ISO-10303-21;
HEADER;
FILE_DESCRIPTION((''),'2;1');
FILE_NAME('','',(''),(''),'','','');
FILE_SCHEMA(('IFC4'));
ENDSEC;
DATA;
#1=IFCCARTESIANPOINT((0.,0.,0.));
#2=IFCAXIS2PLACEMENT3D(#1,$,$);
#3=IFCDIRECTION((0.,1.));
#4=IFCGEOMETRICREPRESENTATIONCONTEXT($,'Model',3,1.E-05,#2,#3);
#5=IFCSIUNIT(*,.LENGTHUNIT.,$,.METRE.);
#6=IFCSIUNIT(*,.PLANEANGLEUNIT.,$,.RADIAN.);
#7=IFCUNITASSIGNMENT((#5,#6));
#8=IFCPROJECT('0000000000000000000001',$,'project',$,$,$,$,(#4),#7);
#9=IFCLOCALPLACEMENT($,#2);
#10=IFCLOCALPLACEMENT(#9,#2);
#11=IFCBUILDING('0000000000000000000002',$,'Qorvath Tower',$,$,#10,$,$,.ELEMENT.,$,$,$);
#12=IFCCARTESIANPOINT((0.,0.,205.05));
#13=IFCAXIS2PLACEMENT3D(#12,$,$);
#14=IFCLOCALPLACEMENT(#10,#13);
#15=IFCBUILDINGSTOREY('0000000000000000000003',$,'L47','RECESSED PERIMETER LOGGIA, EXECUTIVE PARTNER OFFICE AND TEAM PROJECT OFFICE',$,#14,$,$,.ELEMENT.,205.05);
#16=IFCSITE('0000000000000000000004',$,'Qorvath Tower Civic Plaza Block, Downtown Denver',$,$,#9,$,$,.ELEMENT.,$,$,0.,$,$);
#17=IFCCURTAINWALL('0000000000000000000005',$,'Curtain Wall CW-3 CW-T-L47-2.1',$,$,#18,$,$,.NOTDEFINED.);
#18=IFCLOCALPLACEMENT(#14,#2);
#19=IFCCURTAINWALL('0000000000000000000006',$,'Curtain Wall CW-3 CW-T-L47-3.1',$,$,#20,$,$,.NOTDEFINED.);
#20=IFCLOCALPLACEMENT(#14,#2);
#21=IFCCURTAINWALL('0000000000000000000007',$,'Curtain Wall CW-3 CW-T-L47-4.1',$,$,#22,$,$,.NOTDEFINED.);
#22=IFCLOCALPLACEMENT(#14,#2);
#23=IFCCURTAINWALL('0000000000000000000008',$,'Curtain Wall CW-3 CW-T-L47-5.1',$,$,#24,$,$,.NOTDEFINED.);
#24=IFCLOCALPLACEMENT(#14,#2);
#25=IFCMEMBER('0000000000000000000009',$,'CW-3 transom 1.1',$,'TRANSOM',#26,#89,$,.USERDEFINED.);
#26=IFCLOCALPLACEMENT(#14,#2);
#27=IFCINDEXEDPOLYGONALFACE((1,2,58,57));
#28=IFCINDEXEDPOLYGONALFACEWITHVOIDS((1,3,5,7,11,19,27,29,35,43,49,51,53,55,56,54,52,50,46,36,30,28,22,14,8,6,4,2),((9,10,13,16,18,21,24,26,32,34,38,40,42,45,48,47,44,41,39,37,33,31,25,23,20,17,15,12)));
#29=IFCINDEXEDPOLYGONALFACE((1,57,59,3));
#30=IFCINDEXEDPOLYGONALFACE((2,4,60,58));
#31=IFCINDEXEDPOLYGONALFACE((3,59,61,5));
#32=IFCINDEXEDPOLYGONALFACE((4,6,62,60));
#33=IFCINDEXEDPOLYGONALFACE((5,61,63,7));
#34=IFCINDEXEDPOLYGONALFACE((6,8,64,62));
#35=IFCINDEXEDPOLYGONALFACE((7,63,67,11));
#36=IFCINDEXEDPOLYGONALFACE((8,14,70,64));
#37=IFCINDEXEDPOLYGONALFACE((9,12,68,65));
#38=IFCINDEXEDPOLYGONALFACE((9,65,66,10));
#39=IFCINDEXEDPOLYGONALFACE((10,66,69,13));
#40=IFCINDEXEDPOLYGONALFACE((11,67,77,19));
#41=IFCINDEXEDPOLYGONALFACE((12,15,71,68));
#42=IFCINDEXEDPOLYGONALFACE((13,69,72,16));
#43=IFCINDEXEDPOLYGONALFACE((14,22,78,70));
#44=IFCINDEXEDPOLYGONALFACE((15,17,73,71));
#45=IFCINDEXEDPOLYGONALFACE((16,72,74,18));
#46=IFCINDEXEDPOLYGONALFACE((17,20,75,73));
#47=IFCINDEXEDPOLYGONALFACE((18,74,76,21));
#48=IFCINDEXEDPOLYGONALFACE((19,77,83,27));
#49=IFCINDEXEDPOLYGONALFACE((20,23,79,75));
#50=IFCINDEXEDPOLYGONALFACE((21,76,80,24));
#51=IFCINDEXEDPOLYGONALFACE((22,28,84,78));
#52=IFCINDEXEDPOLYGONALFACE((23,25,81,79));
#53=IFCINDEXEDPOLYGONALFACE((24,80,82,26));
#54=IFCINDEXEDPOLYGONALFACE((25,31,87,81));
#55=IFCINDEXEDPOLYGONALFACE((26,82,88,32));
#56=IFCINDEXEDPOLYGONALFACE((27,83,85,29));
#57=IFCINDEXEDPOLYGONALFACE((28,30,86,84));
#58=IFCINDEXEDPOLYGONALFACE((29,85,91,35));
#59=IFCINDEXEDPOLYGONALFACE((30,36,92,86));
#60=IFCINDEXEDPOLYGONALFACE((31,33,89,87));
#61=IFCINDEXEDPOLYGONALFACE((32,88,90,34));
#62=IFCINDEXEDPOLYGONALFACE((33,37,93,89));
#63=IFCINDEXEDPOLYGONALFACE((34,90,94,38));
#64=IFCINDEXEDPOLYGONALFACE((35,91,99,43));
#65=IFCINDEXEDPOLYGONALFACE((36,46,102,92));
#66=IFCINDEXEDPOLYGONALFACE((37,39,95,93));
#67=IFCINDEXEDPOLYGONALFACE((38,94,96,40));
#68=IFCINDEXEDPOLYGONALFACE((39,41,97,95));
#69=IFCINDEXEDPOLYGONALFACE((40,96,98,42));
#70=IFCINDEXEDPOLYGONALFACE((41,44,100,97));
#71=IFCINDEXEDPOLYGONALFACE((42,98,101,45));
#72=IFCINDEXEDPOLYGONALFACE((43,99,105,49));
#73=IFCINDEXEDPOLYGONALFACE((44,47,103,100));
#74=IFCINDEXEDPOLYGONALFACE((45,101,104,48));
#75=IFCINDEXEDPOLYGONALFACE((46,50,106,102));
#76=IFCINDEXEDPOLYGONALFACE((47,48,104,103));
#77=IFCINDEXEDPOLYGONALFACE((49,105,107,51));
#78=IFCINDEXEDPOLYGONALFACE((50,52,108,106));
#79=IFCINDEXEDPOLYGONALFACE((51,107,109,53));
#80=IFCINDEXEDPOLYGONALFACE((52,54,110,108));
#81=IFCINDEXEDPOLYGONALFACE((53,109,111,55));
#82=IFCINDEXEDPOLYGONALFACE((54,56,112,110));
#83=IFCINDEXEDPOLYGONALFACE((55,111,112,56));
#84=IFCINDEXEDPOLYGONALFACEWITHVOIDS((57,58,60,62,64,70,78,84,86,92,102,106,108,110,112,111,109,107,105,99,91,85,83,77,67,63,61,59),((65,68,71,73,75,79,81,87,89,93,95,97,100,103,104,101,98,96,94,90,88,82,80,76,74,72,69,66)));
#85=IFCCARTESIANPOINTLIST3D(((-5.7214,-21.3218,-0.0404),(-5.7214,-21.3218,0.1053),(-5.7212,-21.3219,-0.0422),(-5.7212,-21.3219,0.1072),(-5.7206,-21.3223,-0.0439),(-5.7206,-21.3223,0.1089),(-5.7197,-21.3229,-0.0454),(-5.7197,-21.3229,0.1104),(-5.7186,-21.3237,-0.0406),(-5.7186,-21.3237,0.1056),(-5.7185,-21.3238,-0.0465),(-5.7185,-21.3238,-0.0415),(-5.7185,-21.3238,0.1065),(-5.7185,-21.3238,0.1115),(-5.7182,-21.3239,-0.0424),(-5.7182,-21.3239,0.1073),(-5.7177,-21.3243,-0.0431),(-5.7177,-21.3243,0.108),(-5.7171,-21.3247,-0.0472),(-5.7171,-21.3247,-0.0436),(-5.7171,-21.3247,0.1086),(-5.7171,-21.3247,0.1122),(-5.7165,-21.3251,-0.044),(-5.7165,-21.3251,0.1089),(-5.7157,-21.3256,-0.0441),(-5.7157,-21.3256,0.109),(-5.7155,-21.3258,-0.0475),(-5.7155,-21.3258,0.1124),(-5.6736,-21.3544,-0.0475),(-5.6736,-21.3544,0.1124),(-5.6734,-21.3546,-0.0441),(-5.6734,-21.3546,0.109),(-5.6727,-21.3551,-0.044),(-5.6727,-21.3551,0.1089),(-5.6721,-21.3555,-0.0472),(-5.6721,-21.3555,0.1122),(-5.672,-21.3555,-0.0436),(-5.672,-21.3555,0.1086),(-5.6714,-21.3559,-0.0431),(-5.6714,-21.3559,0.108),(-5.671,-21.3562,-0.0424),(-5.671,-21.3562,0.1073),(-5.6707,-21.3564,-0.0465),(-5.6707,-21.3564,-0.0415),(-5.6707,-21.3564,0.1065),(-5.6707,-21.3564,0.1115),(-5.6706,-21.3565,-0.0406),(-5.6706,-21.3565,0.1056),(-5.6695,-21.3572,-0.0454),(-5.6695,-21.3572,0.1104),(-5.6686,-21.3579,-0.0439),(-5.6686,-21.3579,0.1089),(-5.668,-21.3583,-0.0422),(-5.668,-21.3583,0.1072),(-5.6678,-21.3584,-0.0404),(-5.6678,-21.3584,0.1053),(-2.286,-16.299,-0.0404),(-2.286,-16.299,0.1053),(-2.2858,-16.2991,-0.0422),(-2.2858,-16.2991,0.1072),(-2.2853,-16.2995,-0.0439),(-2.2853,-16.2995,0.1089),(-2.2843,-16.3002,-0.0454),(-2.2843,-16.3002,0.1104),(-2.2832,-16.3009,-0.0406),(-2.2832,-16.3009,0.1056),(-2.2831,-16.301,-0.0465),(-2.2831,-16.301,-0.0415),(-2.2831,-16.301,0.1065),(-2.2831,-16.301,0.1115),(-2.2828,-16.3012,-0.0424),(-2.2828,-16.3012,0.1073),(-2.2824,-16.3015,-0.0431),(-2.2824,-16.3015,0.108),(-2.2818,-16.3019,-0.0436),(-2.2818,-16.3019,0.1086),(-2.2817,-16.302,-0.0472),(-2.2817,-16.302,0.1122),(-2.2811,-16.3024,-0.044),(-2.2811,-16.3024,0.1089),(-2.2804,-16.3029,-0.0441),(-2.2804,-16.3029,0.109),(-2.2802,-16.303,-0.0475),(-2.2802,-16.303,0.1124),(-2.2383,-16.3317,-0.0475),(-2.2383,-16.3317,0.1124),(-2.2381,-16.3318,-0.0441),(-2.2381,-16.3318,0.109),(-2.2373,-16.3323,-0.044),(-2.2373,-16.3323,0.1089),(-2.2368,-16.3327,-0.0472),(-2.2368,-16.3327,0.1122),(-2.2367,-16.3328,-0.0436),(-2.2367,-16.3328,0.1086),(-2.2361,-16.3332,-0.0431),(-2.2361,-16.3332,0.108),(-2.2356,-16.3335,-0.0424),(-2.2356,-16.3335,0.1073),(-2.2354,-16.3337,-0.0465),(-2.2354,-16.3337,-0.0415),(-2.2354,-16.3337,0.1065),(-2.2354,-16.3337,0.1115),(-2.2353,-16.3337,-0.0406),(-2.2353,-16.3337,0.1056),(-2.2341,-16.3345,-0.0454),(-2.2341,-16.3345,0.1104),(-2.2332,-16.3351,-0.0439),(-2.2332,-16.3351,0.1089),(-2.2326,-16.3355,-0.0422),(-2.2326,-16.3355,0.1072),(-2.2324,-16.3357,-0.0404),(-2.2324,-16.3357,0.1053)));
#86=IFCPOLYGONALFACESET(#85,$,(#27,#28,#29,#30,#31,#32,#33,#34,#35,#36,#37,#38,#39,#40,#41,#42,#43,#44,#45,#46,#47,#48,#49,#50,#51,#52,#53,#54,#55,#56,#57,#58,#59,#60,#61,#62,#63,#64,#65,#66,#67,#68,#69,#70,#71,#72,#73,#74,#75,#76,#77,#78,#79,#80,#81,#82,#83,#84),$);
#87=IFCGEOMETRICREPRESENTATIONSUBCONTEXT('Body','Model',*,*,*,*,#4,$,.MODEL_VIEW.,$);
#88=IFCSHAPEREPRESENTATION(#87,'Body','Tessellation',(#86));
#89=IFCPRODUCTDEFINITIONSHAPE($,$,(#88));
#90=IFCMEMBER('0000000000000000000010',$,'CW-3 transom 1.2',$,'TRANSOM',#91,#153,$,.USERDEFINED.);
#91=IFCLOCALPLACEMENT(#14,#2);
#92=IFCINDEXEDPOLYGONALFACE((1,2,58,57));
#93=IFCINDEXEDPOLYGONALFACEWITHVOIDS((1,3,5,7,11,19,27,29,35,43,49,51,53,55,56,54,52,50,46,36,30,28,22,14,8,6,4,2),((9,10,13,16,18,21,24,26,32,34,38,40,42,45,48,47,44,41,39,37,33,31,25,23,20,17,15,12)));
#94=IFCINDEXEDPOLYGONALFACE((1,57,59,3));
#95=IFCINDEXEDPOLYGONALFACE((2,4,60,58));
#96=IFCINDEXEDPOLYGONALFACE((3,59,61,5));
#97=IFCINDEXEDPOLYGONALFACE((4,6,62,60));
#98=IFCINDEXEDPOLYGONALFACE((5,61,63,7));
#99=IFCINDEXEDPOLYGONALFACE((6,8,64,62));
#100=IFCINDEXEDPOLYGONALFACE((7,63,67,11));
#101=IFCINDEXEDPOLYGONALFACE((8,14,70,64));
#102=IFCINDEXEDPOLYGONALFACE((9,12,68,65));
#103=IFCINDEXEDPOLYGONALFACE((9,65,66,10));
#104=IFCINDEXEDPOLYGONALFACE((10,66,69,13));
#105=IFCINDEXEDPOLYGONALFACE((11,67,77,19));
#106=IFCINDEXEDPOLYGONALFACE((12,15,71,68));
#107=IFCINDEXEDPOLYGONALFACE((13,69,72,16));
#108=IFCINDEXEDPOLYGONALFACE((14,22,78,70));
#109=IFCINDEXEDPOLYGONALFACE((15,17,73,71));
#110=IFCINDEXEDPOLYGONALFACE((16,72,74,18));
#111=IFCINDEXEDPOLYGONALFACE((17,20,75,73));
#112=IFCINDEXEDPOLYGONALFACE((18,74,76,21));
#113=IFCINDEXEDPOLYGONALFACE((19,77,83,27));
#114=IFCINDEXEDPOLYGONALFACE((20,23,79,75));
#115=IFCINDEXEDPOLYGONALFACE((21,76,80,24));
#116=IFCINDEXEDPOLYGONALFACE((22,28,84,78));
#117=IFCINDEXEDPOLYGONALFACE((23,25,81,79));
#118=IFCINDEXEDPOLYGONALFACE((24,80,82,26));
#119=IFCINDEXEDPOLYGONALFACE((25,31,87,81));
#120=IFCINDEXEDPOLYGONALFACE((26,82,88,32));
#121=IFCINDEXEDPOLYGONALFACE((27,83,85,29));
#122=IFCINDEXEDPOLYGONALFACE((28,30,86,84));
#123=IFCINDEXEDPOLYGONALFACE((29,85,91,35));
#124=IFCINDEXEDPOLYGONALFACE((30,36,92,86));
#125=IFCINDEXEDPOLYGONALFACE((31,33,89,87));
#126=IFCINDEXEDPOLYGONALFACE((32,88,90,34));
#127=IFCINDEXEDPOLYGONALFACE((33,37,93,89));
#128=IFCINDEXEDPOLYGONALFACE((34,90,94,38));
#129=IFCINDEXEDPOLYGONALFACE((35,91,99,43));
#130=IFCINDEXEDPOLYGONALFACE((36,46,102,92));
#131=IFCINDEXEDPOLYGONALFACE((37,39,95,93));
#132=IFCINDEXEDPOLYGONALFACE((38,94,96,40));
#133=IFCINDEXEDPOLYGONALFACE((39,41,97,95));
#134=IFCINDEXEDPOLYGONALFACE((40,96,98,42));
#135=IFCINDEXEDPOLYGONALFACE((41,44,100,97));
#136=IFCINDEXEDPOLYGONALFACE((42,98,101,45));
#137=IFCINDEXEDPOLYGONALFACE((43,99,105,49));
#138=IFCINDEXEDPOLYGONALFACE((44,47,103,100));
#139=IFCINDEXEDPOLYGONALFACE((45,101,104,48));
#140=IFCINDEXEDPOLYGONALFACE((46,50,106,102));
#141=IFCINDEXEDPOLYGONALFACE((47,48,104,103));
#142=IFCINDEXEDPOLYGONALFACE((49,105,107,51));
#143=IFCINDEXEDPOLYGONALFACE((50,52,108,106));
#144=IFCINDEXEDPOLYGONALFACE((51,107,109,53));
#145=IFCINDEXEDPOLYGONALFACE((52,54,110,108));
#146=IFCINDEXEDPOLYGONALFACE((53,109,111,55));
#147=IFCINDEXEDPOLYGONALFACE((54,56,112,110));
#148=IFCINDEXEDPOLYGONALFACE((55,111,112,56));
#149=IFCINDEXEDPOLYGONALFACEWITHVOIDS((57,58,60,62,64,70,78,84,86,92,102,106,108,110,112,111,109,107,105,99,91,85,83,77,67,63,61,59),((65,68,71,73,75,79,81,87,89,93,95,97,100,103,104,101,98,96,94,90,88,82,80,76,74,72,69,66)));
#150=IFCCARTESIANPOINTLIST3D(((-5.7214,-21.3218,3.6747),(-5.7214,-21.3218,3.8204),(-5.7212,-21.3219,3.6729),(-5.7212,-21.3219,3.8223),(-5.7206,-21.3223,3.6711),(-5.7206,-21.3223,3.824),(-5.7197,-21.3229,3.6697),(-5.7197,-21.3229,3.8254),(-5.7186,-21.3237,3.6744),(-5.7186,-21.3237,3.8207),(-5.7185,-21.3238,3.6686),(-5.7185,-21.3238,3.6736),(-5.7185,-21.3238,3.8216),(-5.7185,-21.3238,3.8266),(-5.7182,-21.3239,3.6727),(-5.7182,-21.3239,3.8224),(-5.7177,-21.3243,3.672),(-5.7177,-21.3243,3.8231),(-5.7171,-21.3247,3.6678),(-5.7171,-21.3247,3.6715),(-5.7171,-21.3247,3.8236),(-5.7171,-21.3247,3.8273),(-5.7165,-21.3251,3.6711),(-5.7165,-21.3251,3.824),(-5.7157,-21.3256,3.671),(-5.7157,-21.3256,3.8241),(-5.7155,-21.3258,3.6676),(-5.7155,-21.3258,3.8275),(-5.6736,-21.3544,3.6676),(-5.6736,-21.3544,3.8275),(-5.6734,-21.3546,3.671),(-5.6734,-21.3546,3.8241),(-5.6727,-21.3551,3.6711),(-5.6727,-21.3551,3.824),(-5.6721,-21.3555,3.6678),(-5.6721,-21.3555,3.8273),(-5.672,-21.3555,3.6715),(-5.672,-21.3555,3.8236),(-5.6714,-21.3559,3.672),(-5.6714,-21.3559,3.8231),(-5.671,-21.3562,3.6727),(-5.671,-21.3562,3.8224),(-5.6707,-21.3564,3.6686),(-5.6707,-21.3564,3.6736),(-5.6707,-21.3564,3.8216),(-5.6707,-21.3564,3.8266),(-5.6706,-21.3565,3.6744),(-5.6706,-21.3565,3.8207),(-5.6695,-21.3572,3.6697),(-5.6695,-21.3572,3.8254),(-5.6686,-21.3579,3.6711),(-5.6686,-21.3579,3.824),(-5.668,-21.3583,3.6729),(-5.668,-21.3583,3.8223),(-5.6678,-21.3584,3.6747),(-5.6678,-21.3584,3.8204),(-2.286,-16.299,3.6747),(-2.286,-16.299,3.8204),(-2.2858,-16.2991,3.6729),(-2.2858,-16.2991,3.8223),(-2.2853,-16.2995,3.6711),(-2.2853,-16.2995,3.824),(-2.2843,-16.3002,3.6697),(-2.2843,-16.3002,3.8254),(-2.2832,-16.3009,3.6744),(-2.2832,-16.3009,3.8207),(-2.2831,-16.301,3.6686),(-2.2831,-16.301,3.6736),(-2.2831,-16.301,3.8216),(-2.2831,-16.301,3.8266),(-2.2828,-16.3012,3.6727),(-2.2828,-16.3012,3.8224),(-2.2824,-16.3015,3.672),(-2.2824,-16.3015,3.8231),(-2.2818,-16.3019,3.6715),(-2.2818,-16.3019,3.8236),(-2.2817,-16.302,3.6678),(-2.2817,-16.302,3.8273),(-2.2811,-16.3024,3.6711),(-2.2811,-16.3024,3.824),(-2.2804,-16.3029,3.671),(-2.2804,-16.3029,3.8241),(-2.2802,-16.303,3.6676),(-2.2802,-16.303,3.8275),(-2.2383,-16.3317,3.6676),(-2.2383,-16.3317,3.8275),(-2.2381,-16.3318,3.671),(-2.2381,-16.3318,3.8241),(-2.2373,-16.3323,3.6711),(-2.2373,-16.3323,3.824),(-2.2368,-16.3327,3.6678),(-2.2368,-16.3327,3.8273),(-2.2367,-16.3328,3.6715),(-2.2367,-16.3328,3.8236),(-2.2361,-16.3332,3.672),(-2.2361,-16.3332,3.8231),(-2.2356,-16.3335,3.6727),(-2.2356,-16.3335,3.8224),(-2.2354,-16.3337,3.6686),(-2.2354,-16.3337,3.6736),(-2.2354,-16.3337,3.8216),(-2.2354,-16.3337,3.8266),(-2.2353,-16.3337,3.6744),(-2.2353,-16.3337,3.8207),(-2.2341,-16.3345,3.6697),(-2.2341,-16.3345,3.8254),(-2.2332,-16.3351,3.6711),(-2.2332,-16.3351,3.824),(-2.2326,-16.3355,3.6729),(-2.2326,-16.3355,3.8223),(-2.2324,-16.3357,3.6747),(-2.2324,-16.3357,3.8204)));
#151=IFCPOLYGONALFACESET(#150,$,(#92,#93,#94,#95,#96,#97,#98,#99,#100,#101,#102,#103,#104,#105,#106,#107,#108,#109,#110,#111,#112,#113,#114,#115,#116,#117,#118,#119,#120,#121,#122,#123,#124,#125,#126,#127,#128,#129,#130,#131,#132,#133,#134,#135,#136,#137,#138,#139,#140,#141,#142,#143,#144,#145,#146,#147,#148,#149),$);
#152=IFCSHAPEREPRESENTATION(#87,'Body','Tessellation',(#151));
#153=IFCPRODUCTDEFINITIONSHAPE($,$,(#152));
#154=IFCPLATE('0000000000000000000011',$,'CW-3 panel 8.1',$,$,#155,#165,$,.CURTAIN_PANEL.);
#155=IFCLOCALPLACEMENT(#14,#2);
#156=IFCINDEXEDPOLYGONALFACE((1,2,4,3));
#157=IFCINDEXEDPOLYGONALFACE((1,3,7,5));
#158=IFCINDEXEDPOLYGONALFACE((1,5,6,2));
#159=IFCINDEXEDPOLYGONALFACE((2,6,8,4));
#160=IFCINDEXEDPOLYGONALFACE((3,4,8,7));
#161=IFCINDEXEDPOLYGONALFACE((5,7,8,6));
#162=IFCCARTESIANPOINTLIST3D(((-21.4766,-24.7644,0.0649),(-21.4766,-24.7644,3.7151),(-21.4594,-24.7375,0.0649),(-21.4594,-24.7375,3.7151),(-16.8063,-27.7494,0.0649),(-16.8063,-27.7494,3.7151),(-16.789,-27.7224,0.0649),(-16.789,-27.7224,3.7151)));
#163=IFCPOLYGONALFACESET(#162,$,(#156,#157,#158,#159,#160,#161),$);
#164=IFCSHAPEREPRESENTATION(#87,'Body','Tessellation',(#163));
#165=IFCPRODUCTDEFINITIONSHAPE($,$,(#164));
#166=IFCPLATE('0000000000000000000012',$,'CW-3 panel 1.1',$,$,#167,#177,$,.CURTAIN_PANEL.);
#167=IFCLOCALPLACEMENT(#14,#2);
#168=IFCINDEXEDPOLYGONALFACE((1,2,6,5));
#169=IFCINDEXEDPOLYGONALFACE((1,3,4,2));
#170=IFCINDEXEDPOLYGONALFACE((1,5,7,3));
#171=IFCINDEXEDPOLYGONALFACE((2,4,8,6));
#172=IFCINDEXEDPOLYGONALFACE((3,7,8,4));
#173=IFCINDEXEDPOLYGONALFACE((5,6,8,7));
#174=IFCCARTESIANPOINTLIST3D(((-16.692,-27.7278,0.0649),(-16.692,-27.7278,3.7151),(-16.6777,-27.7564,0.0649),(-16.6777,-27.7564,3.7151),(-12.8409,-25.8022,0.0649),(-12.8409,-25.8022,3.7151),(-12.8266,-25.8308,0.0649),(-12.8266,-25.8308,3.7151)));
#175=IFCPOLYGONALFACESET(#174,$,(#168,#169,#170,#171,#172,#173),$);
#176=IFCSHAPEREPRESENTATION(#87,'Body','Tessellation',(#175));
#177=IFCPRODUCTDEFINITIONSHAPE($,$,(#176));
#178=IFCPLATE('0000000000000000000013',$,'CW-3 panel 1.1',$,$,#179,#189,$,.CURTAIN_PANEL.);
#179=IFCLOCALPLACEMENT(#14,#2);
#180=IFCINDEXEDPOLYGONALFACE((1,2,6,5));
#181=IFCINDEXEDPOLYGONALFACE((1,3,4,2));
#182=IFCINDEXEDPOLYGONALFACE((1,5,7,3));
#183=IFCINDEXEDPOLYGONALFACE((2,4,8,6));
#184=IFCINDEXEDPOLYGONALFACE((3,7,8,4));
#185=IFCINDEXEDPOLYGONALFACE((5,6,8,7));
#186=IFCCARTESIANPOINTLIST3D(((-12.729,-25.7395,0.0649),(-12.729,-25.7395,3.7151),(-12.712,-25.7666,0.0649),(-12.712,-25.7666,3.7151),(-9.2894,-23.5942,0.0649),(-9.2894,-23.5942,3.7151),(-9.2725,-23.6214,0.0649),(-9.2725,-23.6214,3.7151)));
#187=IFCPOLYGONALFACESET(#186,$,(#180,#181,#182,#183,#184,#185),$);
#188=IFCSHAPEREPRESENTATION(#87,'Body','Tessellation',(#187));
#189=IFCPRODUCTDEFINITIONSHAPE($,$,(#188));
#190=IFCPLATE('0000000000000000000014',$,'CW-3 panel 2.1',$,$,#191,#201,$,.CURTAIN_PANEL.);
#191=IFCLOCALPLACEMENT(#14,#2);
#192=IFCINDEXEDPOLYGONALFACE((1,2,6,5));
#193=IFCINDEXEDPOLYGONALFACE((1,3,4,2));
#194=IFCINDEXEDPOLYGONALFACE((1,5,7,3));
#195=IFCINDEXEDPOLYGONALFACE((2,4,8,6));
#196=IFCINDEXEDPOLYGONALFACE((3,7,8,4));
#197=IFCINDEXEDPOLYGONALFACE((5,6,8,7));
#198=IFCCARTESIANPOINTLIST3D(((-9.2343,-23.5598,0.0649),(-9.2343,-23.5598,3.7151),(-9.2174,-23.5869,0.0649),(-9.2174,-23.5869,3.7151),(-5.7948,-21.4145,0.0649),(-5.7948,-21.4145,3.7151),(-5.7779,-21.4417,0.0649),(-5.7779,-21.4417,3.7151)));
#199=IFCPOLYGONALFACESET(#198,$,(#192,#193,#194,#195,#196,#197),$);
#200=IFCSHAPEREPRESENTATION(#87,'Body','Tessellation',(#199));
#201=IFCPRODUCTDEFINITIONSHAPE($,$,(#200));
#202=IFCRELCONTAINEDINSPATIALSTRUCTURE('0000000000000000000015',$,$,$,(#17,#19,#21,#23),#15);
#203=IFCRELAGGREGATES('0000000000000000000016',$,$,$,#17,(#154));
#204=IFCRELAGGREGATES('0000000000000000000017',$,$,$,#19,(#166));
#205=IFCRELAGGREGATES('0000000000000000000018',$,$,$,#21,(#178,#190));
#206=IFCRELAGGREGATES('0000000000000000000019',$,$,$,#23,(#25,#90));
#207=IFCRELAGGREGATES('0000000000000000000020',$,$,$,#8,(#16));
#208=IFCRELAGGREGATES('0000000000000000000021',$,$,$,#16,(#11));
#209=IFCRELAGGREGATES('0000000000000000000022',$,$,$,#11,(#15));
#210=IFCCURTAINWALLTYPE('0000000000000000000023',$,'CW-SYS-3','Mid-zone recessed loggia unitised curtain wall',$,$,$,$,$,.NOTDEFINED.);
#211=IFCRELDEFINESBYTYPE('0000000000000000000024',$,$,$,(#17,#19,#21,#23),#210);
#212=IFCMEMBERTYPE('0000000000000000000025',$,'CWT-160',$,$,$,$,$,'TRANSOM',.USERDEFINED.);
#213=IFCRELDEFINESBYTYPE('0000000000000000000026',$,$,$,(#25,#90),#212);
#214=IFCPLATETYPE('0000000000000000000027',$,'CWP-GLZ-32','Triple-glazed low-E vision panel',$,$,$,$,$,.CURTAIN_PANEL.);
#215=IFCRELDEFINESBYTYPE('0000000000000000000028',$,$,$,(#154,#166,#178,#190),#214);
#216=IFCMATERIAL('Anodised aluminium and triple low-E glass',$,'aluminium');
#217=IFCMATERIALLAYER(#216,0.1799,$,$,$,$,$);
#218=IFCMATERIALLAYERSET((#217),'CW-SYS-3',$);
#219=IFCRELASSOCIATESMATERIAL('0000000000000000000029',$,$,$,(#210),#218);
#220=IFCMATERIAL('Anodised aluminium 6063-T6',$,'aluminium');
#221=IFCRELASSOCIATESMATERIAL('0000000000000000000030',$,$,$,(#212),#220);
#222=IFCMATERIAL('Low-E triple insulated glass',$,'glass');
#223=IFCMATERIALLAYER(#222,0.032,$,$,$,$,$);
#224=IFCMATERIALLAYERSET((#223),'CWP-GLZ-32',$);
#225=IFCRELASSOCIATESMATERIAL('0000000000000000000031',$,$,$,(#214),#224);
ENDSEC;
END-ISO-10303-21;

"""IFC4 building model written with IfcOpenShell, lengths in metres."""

from ifc_helpers import new_model, si_unit, direction, frame, origin, origin_2d, place, context, subcontext, project, spatial, rectangle, hollow_rectangle, extrude, material, layer, layer_set, material_profile, profile_set, type_object, element, aggregate, save


model = new_model("IFC4")

# Units and contexts
model_context = context("Model", 3, precision=1e-05, world=origin(), true_north=direction((0.0, 1.0)))
body_context = subcontext(model_context, "Body", "Model", "MODEL_VIEW")
ifc_project = project(units=[si_unit("LENGTHUNIT", "METRE"), si_unit("PLANEANGLEUNIT", "RADIAN")], contexts=[model_context])

# Site, building, storey
site_placement = place(None, origin())
site = spatial("IfcSite", under=ifc_project, at=site_placement, Name="Qorvath Tower Civic Plaza Block, Downtown Denver", CompositionType="ELEMENT", RefElevation=0.0)
building_placement = place(site_placement, origin())
building = spatial("IfcBuilding", under=site, at=building_placement, Name="Qorvath Tower", CompositionType="ELEMENT")
storey_placement = place(building_placement, frame((0.0, 0.0, 205.05)))
storey = spatial("IfcBuildingStorey", under=building, at=storey_placement, Name="L47", Description="RECESSED PERIMETER LOGGIA, EXECUTIVE PARTNER OFFICE AND TEAM PROJECT OFFICE", CompositionType="ELEMENT", Elevation=205.05)

# Curtain wall
ifc_material_1 = material(Name="Anodised aluminium and triple low-E glass", Category="aluminium")
ifc_layer_1 = layer(ifc_material_1, 0.1799)
ifc_layer_set_1 = layer_set([ifc_layer_1], Name="CW-SYS-3")
curtain_wall_type = type_object("IfcCurtainWallType", Name="CW-SYS-3", Description="Mid-zone recessed loggia unitised curtain wall", PredefinedType="NOTDEFINED", material=ifc_layer_set_1)
curtain_wall_1_placement = place(storey_placement, origin())
curtain_wall_1 = element("IfcCurtainWall", 1, at=curtain_wall_1_placement, inside=storey, type_object=curtain_wall_type, Name="Curtain Wall CW-3 CW-T-L47-2.1", PredefinedType="NOTDEFINED")

# Curtain walls
curtain_wall_2_placement = place(storey_placement, origin())
curtain_wall_2 = element("IfcCurtainWall", 2, at=curtain_wall_2_placement, inside=storey, type_object=curtain_wall_type, Name="Curtain Wall CW-3 CW-T-L47-3.1", PredefinedType="NOTDEFINED")
curtain_wall_3_placement = place(storey_placement, origin())
curtain_wall_3 = element("IfcCurtainWall", 3, at=curtain_wall_3_placement, inside=storey, type_object=curtain_wall_type, Name="Curtain Wall CW-3 CW-T-L47-4.1", PredefinedType="NOTDEFINED")
curtain_wall_4_placement = place(storey_placement, origin())
curtain_wall_4 = element("IfcCurtainWall", 4, at=curtain_wall_4_placement, inside=storey, type_object=curtain_wall_type, Name="Curtain Wall CW-3 CW-T-L47-5.1", PredefinedType="NOTDEFINED")

# Members
ifc_material_2 = material(Name="Anodised aluminium 6063-T6", Category="aluminium")
ifc_material_profile_1 = material_profile(ifc_material_2, hollow_rectangle(XDim=0.0649, YDim=0.1599, WallThickness=0.0034, InnerFilletRadius=0.0034, OuterFilletRadius=0.0071, at=origin_2d()), Name="CWT 160x65")
ifc_profile_set_1 = profile_set([ifc_material_profile_1], Name="Anodised aluminium 6063-T6")
member_type_1 = type_object("IfcMemberType", Name="CWT-160", ElementType="TRANSOM", PredefinedType="USERDEFINED", material=ifc_profile_set_1)
member_1_placement = place(storey_placement, frame((-5.6946, -21.3401, 0.0325), z_axis=(0.56454, 0.825406, 0.0), x_axis=(-0.825406, 0.56454, 0.0)))
member_1 = element("IfcMember", 5, at=member_1_placement, type_object=member_type_1, Name="CW-3 transom 1.1", ObjectType="TRANSOM", PredefinedType="USERDEFINED", context=body_context, shape_type="SweptSolid", body=[
    extrude(hollow_rectangle(XDim=0.0649, YDim=0.1599, WallThickness=0.0034, InnerFilletRadius=0.0034, OuterFilletRadius=0.0071, at=origin_2d()), origin(), (0.0, 0.0, 1.0), 6.0852),
])
member_2_placement = place(storey_placement, frame((-5.6946, -21.3401, 3.7476), z_axis=(0.56454, 0.825406, 0.0), x_axis=(-0.825406, 0.56454, 0.0)))
member_2 = element("IfcMember", 6, at=member_2_placement, type_object=member_type_1, Name="CW-3 transom 1.2", ObjectType="TRANSOM", PredefinedType="USERDEFINED", context=body_context, shape_type="SweptSolid", body=[
    extrude(hollow_rectangle(XDim=0.0649, YDim=0.1599, WallThickness=0.0034, InnerFilletRadius=0.0034, OuterFilletRadius=0.0071, at=origin_2d()), origin(), (0.0, 0.0, 1.0), 6.0852),
])

# Plates
ifc_material_3 = material(Name="Low-E triple insulated glass", Category="glass")
ifc_layer_2 = layer(ifc_material_3, 0.032)
ifc_layer_set_2 = layer_set([ifc_layer_2], Name="CWP-GLZ-32")
plate_type = type_object("IfcPlateType", Name="CWP-GLZ-32", Description="Triple-glazed low-E vision panel", PredefinedType="CURTAIN_PANEL", material=ifc_layer_set_2)
plate_1_placement = place(storey_placement, frame((-19.1328, -26.2434, 0.0649), z_axis=(0.0, 0.0, 1.0), x_axis=(0.842604, -0.538534, 0.0)))
plate_1 = element("IfcPlate", 7, at=plate_1_placement, type_object=plate_type, Name="CW-3 panel 8.1", PredefinedType="CURTAIN_PANEL", context=body_context, shape_type="SweptSolid", body=[
    extrude(rectangle(XDim=5.5427, YDim=0.032, at=origin_2d()), origin(), (0.0, 0.0, 1.0), 3.6501),
])
aggregate(curtain_wall_1, [plate_1])
plate_2_placement = place(storey_placement, frame((-14.7593, -26.7793, 0.0649), z_axis=(0.0, 0.0, 1.0), x_axis=(0.894432, 0.447205, 0.0)))
plate_2 = element("IfcPlate", 8, at=plate_2_placement, type_object=plate_type, Name="CW-3 panel 1.1", PredefinedType="CURTAIN_PANEL", context=body_context, shape_type="SweptSolid", body=[
    extrude(rectangle(XDim=4.3057, YDim=0.032, at=origin_2d()), origin(), (0.0, 0.0, 1.0), 3.6501),
])
aggregate(curtain_wall_2, [plate_2])
plate_3_placement = place(storey_placement, frame((-11.0007, -24.6804, 0.0649), z_axis=(0.0, 0.0, 1.0), x_axis=(0.848493, 0.529206, 0.0)))
plate_3 = element("IfcPlate", 9, at=plate_3_placement, type_object=plate_type, Name="CW-3 panel 1.1", PredefinedType="CURTAIN_PANEL", context=body_context, shape_type="SweptSolid", body=[
    extrude(rectangle(XDim=4.0537, YDim=0.032, at=origin_2d()), origin(), (0.0, 0.0, 1.0), 3.6501),
])
plate_4_placement = place(storey_placement, frame((-7.5061, -22.5007, 0.0649), z_axis=(0.0, 0.0, 1.0), x_axis=(0.848493, 0.529206, 0.0)))
plate_4 = element("IfcPlate", 10, at=plate_4_placement, type_object=plate_type, Name="CW-3 panel 2.1", PredefinedType="CURTAIN_PANEL", context=body_context, shape_type="SweptSolid", body=[
    extrude(rectangle(XDim=4.0537, YDim=0.032, at=origin_2d()), origin(), (0.0, 0.0, 1.0), 3.6501),
])
aggregate(curtain_wall_3, [plate_3, plate_4])
aggregate(curtain_wall_4, [member_1, member_2])

save(model, "model.ifc")
